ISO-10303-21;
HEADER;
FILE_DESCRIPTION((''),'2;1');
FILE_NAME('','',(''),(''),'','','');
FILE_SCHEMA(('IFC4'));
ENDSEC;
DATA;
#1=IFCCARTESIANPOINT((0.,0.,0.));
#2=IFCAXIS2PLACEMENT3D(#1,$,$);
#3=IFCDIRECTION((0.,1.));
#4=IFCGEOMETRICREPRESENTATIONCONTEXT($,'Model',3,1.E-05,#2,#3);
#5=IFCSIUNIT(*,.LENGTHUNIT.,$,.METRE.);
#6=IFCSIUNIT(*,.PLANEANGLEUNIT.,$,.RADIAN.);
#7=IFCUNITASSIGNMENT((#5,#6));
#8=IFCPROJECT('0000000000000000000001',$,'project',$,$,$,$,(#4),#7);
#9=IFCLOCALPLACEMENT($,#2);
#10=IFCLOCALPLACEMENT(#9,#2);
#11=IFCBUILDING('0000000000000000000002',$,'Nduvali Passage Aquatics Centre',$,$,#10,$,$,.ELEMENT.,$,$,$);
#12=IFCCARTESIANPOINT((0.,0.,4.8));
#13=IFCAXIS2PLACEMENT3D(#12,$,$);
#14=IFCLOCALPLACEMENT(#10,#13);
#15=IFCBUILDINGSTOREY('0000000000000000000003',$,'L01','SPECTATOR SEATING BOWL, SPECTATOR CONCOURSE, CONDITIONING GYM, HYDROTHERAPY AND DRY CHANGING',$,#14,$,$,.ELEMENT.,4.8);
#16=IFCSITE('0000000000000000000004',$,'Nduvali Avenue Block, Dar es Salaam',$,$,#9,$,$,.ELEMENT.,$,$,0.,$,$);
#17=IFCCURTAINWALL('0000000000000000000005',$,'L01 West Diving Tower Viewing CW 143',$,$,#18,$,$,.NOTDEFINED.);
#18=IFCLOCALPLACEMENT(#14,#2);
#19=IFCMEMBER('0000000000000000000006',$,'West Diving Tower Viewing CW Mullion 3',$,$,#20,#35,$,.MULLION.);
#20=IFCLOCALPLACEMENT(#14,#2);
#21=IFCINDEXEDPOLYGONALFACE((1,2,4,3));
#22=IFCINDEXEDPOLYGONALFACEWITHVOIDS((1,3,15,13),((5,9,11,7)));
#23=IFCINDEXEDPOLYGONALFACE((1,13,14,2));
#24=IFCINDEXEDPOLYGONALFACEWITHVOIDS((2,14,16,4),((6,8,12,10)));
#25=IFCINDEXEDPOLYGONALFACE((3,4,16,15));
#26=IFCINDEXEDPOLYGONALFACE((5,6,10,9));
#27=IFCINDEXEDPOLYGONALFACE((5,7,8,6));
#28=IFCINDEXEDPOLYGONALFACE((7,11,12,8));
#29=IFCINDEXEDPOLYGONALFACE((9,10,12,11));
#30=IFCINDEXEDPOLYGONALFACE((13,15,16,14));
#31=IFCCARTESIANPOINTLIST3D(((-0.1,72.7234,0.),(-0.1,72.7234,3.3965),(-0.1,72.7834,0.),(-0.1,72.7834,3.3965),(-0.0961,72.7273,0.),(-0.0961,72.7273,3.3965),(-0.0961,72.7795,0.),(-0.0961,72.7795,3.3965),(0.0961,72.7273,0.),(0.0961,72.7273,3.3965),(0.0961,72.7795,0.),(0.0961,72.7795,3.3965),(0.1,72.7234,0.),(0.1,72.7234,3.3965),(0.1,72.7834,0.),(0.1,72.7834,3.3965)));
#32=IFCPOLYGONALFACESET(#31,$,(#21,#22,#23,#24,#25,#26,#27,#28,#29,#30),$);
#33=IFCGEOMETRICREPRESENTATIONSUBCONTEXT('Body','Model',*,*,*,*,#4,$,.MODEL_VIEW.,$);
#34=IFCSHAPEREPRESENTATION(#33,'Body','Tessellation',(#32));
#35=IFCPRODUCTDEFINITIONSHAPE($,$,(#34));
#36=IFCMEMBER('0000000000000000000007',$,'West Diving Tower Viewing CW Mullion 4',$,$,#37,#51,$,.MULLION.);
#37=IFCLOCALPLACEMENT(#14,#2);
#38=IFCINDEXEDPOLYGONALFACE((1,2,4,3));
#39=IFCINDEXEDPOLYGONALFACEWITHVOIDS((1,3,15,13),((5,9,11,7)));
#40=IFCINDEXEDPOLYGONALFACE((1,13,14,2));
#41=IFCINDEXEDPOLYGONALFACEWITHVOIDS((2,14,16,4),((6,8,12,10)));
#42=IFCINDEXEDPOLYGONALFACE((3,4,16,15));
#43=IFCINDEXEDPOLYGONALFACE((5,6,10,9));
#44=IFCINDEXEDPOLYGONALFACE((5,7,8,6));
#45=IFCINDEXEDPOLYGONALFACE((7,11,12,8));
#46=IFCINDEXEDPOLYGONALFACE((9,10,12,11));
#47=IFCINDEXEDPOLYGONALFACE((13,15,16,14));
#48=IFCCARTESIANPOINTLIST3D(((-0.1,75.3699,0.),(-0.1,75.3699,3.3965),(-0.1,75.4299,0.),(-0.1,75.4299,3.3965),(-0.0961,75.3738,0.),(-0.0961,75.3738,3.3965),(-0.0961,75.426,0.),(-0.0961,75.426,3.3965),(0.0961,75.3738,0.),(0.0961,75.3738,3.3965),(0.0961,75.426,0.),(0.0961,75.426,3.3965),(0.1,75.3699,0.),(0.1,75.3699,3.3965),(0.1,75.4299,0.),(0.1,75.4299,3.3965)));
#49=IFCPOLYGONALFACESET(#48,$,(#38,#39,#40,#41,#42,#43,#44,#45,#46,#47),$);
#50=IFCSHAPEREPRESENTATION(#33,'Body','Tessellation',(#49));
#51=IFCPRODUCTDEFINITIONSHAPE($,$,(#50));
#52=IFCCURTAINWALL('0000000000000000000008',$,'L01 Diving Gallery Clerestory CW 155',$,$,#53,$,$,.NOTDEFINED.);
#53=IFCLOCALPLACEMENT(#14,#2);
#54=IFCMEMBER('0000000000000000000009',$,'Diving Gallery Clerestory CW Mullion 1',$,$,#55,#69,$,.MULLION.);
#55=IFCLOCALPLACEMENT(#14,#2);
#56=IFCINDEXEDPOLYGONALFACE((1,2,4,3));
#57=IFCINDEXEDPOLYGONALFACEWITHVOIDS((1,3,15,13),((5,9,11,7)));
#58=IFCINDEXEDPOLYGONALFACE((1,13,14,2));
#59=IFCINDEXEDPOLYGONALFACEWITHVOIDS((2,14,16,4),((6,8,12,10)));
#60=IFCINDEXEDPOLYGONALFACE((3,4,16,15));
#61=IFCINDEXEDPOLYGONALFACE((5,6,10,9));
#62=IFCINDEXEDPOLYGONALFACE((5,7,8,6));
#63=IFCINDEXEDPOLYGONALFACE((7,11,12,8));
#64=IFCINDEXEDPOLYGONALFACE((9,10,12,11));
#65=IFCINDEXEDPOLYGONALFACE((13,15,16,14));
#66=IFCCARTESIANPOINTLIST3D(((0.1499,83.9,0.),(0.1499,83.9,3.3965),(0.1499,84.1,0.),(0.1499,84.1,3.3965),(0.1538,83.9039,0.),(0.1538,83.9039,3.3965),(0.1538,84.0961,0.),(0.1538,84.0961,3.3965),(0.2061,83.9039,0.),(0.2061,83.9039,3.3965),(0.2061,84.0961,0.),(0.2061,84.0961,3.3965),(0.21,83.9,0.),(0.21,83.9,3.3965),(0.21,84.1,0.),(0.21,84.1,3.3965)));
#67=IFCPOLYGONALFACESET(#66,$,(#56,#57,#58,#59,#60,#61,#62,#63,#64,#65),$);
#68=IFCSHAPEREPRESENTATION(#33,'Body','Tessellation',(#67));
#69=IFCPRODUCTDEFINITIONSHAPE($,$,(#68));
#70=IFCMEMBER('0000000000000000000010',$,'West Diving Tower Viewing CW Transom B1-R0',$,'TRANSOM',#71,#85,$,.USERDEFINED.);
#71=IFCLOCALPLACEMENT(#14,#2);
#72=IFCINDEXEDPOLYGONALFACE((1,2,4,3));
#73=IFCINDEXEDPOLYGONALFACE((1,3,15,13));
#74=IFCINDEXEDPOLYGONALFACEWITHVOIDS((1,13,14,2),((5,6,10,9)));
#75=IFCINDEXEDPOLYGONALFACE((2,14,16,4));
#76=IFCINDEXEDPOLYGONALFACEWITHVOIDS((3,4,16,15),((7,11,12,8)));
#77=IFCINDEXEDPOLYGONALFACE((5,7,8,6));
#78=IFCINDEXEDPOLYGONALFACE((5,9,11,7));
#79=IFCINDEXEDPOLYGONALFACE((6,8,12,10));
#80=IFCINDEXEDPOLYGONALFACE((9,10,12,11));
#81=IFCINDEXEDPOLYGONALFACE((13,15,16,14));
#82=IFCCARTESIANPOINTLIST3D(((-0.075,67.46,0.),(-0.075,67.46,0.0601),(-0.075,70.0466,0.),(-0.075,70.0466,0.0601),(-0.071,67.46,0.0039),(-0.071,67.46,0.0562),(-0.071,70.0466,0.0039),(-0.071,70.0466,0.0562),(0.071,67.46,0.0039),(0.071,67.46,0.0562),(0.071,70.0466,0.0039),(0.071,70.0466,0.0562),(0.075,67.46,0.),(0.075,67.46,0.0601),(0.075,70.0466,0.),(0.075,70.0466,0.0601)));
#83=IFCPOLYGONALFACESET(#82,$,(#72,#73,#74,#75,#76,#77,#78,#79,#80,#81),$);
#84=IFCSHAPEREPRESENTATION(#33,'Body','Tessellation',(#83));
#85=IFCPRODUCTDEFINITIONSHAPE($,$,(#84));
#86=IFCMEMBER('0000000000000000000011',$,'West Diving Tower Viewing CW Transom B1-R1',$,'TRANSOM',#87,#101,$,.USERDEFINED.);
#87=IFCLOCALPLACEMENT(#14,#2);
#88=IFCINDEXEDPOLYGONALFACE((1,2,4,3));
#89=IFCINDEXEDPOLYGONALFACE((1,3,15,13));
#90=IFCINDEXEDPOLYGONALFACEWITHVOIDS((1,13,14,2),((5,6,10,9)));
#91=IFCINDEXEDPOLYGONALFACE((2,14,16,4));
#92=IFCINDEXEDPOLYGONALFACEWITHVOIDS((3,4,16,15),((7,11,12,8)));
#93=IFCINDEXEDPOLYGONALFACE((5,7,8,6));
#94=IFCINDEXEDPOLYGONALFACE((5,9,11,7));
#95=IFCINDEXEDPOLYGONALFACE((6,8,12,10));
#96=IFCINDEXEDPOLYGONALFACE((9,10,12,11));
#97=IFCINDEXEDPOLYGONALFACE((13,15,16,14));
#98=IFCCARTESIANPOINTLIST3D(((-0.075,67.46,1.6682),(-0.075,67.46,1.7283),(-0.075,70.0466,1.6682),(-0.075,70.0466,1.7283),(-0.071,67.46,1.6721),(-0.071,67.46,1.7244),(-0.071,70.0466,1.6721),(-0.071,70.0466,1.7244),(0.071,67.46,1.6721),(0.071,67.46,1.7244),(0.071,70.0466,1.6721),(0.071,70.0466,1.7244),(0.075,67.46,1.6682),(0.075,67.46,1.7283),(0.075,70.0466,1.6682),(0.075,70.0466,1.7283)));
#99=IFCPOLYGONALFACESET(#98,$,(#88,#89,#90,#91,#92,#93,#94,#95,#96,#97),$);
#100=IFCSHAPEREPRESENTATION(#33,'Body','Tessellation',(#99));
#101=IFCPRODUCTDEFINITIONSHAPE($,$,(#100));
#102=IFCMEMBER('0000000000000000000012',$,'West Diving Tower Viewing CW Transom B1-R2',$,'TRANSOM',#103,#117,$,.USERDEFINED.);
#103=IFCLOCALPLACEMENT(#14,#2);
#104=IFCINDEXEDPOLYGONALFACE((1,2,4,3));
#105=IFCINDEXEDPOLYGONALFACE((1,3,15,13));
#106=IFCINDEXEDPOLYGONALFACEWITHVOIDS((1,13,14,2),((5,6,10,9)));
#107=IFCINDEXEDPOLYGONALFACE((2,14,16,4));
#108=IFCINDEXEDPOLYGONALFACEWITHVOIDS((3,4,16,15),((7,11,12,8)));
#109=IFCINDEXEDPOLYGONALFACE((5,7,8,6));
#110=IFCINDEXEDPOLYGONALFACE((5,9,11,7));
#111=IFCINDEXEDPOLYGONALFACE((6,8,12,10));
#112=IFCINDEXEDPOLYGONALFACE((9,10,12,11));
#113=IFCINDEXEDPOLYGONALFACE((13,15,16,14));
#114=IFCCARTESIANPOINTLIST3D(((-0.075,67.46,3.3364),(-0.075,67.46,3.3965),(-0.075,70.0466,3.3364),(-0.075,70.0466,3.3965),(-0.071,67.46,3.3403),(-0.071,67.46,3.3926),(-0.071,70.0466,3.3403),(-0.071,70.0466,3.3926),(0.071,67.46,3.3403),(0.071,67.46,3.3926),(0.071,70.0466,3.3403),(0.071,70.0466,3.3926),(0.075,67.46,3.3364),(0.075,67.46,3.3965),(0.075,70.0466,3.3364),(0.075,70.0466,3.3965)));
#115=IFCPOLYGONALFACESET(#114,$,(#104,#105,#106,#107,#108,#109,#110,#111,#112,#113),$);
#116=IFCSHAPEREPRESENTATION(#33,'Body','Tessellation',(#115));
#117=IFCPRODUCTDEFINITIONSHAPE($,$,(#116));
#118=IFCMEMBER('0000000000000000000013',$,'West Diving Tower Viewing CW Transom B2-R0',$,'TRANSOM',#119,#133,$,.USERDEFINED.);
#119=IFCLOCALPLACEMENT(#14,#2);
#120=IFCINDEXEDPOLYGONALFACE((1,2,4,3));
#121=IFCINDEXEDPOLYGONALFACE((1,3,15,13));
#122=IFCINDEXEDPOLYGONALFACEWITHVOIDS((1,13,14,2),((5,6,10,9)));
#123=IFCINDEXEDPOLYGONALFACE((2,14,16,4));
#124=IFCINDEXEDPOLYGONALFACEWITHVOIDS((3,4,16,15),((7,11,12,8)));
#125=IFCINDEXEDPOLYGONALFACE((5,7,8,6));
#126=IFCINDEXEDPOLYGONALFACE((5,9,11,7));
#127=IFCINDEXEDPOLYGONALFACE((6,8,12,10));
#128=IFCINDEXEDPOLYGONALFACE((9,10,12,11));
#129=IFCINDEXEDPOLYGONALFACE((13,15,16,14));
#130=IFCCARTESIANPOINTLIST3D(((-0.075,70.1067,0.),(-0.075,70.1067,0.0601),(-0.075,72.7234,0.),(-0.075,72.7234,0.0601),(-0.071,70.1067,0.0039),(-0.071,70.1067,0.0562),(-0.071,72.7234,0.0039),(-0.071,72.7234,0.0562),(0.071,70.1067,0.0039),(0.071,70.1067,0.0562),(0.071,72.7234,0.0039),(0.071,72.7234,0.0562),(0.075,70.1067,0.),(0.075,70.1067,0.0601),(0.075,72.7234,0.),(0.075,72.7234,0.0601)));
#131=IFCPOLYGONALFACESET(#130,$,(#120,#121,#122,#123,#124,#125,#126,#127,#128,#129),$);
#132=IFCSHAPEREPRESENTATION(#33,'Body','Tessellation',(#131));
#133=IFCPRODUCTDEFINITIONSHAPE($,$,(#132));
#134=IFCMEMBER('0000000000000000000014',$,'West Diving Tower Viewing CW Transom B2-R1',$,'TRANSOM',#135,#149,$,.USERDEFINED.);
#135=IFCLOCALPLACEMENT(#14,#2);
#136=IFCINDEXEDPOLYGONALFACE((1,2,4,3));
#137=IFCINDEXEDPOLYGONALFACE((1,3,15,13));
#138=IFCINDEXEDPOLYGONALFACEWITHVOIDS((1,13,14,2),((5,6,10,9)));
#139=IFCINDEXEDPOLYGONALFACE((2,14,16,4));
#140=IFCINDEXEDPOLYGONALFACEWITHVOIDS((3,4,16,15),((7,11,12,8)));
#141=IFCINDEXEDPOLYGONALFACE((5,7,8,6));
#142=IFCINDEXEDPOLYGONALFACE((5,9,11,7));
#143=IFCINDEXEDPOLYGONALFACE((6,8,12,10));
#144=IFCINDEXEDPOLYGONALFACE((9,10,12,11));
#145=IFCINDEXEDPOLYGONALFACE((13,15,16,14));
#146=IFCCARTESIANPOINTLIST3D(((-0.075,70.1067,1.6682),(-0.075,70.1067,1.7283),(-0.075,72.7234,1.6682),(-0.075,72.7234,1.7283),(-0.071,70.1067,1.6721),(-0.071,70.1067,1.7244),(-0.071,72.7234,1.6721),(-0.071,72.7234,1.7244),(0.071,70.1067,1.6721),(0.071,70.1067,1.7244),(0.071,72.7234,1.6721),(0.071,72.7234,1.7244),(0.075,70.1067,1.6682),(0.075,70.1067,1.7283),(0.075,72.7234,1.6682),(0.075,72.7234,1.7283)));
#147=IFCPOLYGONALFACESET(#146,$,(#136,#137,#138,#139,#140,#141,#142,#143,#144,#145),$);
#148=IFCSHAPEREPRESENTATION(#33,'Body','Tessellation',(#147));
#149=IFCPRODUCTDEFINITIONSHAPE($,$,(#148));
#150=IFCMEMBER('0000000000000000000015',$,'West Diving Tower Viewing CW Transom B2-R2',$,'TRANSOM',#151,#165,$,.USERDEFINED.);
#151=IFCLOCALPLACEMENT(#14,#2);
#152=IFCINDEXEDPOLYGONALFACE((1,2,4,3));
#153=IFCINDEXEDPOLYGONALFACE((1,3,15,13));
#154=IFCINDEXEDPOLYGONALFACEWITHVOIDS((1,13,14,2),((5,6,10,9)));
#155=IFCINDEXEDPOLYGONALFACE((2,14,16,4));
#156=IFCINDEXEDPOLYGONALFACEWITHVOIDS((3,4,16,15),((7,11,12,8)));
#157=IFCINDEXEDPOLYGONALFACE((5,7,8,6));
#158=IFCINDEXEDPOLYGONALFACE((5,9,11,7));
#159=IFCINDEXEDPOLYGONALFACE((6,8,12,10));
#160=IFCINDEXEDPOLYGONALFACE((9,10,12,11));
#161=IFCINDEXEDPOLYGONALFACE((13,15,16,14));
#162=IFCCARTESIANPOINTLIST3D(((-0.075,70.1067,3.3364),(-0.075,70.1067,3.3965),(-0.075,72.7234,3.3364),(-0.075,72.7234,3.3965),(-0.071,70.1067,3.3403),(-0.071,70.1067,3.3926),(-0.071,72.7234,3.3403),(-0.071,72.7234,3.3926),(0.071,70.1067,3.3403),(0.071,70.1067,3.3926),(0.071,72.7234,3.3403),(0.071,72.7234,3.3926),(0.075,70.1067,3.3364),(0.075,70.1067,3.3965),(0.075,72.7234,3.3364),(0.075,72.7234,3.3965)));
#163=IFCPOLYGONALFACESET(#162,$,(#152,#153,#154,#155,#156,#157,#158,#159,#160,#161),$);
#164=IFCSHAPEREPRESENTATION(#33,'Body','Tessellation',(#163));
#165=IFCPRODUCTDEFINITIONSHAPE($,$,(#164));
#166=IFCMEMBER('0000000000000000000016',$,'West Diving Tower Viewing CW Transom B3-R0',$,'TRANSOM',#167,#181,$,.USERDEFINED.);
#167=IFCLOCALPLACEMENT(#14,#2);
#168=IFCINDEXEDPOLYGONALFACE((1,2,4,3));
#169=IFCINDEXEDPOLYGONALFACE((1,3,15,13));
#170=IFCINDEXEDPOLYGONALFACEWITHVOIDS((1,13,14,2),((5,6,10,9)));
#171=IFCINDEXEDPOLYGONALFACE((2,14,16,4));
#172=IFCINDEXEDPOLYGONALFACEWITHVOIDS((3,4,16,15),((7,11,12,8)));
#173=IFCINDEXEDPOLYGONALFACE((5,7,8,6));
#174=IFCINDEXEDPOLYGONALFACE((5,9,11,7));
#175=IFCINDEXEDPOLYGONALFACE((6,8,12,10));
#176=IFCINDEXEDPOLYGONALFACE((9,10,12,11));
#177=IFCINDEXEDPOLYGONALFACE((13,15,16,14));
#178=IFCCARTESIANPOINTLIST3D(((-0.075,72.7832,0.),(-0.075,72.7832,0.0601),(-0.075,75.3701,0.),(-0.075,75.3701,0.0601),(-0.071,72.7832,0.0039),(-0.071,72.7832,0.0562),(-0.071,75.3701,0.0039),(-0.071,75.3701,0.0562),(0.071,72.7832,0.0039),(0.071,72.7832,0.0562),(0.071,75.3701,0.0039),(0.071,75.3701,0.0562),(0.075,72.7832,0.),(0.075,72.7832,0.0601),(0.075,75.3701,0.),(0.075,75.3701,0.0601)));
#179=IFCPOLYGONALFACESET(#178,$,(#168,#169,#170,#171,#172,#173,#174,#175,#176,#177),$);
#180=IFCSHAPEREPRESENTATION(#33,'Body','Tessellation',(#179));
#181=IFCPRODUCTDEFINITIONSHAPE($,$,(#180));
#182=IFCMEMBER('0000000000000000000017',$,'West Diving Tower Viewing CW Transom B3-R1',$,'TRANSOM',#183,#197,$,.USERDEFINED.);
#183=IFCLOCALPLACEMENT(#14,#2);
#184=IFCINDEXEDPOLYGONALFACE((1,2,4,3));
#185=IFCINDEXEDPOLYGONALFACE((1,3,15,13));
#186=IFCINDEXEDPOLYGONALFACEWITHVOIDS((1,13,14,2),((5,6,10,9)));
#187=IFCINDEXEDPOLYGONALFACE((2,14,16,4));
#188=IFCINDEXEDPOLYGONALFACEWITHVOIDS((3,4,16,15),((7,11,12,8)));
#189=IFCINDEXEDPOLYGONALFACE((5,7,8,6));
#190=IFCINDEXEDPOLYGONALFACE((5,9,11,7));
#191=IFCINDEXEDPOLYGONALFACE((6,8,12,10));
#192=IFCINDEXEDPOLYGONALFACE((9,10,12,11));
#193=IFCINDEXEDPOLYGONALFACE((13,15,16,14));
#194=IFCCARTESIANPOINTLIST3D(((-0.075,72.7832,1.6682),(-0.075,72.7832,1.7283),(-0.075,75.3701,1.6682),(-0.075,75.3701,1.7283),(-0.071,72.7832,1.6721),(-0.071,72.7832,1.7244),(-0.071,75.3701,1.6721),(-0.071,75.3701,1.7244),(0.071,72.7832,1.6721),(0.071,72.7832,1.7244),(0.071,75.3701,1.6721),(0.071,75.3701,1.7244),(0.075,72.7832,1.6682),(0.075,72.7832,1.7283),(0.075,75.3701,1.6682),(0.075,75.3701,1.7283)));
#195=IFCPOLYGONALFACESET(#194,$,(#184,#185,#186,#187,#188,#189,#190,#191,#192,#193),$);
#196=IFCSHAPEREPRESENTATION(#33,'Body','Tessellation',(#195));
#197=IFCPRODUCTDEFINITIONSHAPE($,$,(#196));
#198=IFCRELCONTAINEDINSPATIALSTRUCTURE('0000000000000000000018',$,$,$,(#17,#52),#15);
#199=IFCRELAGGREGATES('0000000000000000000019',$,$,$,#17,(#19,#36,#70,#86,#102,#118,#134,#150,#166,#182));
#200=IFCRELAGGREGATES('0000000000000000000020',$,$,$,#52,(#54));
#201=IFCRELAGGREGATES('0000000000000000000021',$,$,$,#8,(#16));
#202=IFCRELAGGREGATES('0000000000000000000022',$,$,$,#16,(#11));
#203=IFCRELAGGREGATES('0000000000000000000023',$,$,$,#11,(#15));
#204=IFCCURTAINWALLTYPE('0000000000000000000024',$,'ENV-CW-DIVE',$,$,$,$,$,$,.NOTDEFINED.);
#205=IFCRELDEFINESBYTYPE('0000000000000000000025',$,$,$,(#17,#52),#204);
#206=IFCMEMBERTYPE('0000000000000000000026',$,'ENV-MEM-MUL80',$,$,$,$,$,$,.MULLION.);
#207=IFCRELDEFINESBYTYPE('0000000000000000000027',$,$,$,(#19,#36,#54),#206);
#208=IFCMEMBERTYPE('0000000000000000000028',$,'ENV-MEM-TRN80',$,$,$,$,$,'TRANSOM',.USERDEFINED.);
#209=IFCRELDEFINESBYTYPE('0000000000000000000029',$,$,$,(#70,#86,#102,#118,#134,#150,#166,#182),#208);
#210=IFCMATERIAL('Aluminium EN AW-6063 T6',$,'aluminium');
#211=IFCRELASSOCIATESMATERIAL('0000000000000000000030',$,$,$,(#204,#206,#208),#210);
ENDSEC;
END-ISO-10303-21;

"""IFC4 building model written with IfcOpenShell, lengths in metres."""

from ifc_helpers import new_model, si_unit, direction, frame, origin, origin_2d, place, context, subcontext, project, spatial, hollow_rectangle, extrude, material, material_profile, profile_set, type_object, element, aggregate, save


model = new_model("IFC4")

# Units and contexts
model_context = context("Model", 3, precision=1e-05, world=origin(), true_north=direction((0.0, 1.0)))
body_context = subcontext(model_context, "Body", "Model", "MODEL_VIEW")
ifc_project = project(units=[si_unit("LENGTHUNIT", "METRE"), si_unit("PLANEANGLEUNIT", "RADIAN")], contexts=[model_context])

# Site, building, storey
site_placement = place(None, origin())
site = spatial("IfcSite", under=ifc_project, at=site_placement, Name="Nduvali Avenue Block, Dar es Salaam", CompositionType="ELEMENT", RefElevation=0.0)
building_placement = place(site_placement, origin())
building = spatial("IfcBuilding", under=site, at=building_placement, Name="Nduvali Passage Aquatics Centre", CompositionType="ELEMENT")
storey_placement = place(building_placement, frame((0.0, 0.0, 4.8)))
storey = spatial("IfcBuildingStorey", under=building, at=storey_placement, Name="L01", Description="SPECTATOR SEATING BOWL, SPECTATOR CONCOURSE, CONDITIONING GYM, HYDROTHERAPY AND DRY CHANGING", CompositionType="ELEMENT", Elevation=4.8)

# Shared definitions
ifc_material_1 = material(Name="Aluminium EN AW-6063 T6", Category="aluminium")
curtain_wall_type = type_object("IfcCurtainWallType", Name="ENV-CW-DIVE", PredefinedType="NOTDEFINED", material=ifc_material_1)
ifc_material_profile_1 = material_profile(ifc_material_1, hollow_rectangle(XDim=0.0601, YDim=0.2, WallThickness=0.0039, at=origin_2d()), Name="ALU MULLION 60x200x4")
ifc_profile_set_1 = profile_set([ifc_material_profile_1], Name="Aluminium EN AW-6063 T6")
member_type_1 = type_object("IfcMemberType", Name="ENV-MEM-MUL80", PredefinedType="MULLION", material=ifc_profile_set_1)

# Curtain wall, members
curtain_wall_1_placement = place(storey_placement, origin())
curtain_wall_1 = element("IfcCurtainWall", 1, at=curtain_wall_1_placement, inside=storey, type_object=curtain_wall_type, Name="L01 West Diving Tower Viewing CW 143", PredefinedType="NOTDEFINED")
member_1_placement = place(storey_placement, frame((0.0, 72.7534, 0.0), z_axis=(0.0, 0.0, 1.0), x_axis=(0.0, 1.0, 0.0)))
member_1 = element("IfcMember", 2, at=member_1_placement, type_object=member_type_1, Name="West Diving Tower Viewing CW Mullion 3", PredefinedType="MULLION", context=body_context, shape_type="SweptSolid", body=[
    extrude(hollow_rectangle(XDim=0.0601, YDim=0.2, WallThickness=0.0039, at=origin_2d()), origin(), (0.0, 0.0, 1.0), 3.3965),
])
member_2_placement = place(storey_placement, frame((0.0, 75.3999, 0.0), z_axis=(0.0, 0.0, 1.0), x_axis=(0.0, 1.0, 0.0)))
member_2 = element("IfcMember", 3, at=member_2_placement, type_object=member_type_1, Name="West Diving Tower Viewing CW Mullion 4", PredefinedType="MULLION", context=body_context, shape_type="SweptSolid", body=[
    extrude(hollow_rectangle(XDim=0.0601, YDim=0.2, WallThickness=0.0039, at=origin_2d()), origin(), (0.0, 0.0, 1.0), 3.3965),
])

# Curtain wall, member
curtain_wall_2_placement = place(storey_placement, origin())
curtain_wall_2 = element("IfcCurtainWall", 4, at=curtain_wall_2_placement, inside=storey, type_object=curtain_wall_type, Name="L01 Diving Gallery Clerestory CW 155", PredefinedType="NOTDEFINED")
member_3_placement = place(storey_placement, frame((0.1799, 84.0, 0.0), z_axis=(0.0, 0.0, 1.0), x_axis=(1.0, 0.0, 0.0)))
member_3 = element("IfcMember", 5, at=member_3_placement, type_object=member_type_1, Name="Diving Gallery Clerestory CW Mullion 1", PredefinedType="MULLION", context=body_context, shape_type="SweptSolid", body=[
    extrude(hollow_rectangle(XDim=0.0601, YDim=0.2, WallThickness=0.0039, at=origin_2d()), origin(), (0.0, 0.0, 1.0), 3.3965),
])

# Members
ifc_material_profile_2 = material_profile(ifc_material_1, hollow_rectangle(XDim=0.1499, YDim=0.0601, WallThickness=0.0039, at=origin_2d()), Name="ALU TRANSOM 150x60x4")
ifc_profile_set_2 = profile_set([ifc_material_profile_2], Name="Aluminium EN AW-6063 T6")
member_type_2 = type_object("IfcMemberType", Name="ENV-MEM-TRN80", ElementType="TRANSOM", PredefinedType="USERDEFINED", material=ifc_profile_set_2)
member_4_placement = place(storey_placement, frame((0.0, 67.46, 0.03), z_axis=(0.0, 1.0, 0.0), x_axis=(-1.0, 0.0, 0.0)))
member_4 = element("IfcMember", 6, at=member_4_placement, type_object=member_type_2, Name="West Diving Tower Viewing CW Transom B1-R0", ObjectType="TRANSOM", PredefinedType="USERDEFINED", context=body_context, shape_type="SweptSolid", body=[
    extrude(hollow_rectangle(XDim=0.1499, YDim=0.0601, WallThickness=0.0039, at=origin_2d()), origin(), (0.0, 0.0, 1.0), 2.5867),
])
member_5_placement = place(storey_placement, frame((0.0, 67.46, 1.6982), z_axis=(0.0, 1.0, 0.0), x_axis=(-1.0, 0.0, 0.0)))
member_5 = element("IfcMember", 7, at=member_5_placement, type_object=member_type_2, Name="West Diving Tower Viewing CW Transom B1-R1", ObjectType="TRANSOM", PredefinedType="USERDEFINED", context=body_context, shape_type="SweptSolid", body=[
    extrude(hollow_rectangle(XDim=0.1499, YDim=0.0601, WallThickness=0.0039, at=origin_2d()), origin(), (0.0, 0.0, 1.0), 2.5867),
])
member_6_placement = place(storey_placement, frame((0.0, 67.46, 3.3665), z_axis=(0.0, 1.0, 0.0), x_axis=(-1.0, 0.0, 0.0)))
member_6 = element("IfcMember", 8, at=member_6_placement, type_object=member_type_2, Name="West Diving Tower Viewing CW Transom B1-R2", ObjectType="TRANSOM", PredefinedType="USERDEFINED", context=body_context, shape_type="SweptSolid", body=[
    extrude(hollow_rectangle(XDim=0.1499, YDim=0.0601, WallThickness=0.0039, at=origin_2d()), origin(), (0.0, 0.0, 1.0), 2.5867),
])
member_7_placement = place(storey_placement, frame((0.0, 70.1067, 0.03), z_axis=(0.0, 1.0, 0.0), x_axis=(-1.0, 0.0, 0.0)))
member_7 = element("IfcMember", 9, at=member_7_placement, type_object=member_type_2, Name="West Diving Tower Viewing CW Transom B2-R0", ObjectType="TRANSOM", PredefinedType="USERDEFINED", context=body_context, shape_type="SweptSolid", body=[
    extrude(hollow_rectangle(XDim=0.1499, YDim=0.0601, WallThickness=0.0039, at=origin_2d()), origin(), (0.0, 0.0, 1.0), 2.6167),
])
member_8_placement = place(storey_placement, frame((0.0, 70.1067, 1.6982), z_axis=(0.0, 1.0, 0.0), x_axis=(-1.0, 0.0, 0.0)))
member_8 = element("IfcMember", 10, at=member_8_placement, type_object=member_type_2, Name="West Diving Tower Viewing CW Transom B2-R1", ObjectType="TRANSOM", PredefinedType="USERDEFINED", context=body_context, shape_type="SweptSolid", body=[
    extrude(hollow_rectangle(XDim=0.1499, YDim=0.0601, WallThickness=0.0039, at=origin_2d()), origin(), (0.0, 0.0, 1.0), 2.6167),
])
member_9_placement = place(storey_placement, frame((0.0, 70.1067, 3.3665), z_axis=(0.0, 1.0, 0.0), x_axis=(-1.0, 0.0, 0.0)))
member_9 = element("IfcMember", 11, at=member_9_placement, type_object=member_type_2, Name="West Diving Tower Viewing CW Transom B2-R2", ObjectType="TRANSOM", PredefinedType="USERDEFINED", context=body_context, shape_type="SweptSolid", body=[
    extrude(hollow_rectangle(XDim=0.1499, YDim=0.0601, WallThickness=0.0039, at=origin_2d()), origin(), (0.0, 0.0, 1.0), 2.6167),
])
member_10_placement = place(storey_placement, frame((0.0, 72.7832, 0.03), z_axis=(0.0, 1.0, 0.0), x_axis=(-1.0, 0.0, 0.0)))
member_10 = element("IfcMember", 12, at=member_10_placement, type_object=member_type_2, Name="West Diving Tower Viewing CW Transom B3-R0", ObjectType="TRANSOM", PredefinedType="USERDEFINED", context=body_context, shape_type="SweptSolid", body=[
    extrude(hollow_rectangle(XDim=0.1499, YDim=0.0601, WallThickness=0.0039, at=origin_2d()), origin(), (0.0, 0.0, 1.0), 2.5869),
])
member_11_placement = place(storey_placement, frame((0.0, 72.7832, 1.6982), z_axis=(0.0, 1.0, 0.0), x_axis=(-1.0, 0.0, 0.0)))
member_11 = element("IfcMember", 13, at=member_11_placement, type_object=member_type_2, Name="West Diving Tower Viewing CW Transom B3-R1", ObjectType="TRANSOM", PredefinedType="USERDEFINED", context=body_context, shape_type="SweptSolid", body=[
    extrude(hollow_rectangle(XDim=0.1499, YDim=0.0601, WallThickness=0.0039, at=origin_2d()), origin(), (0.0, 0.0, 1.0), 2.5869),
])

aggregate(curtain_wall_1, [member_1, member_2, member_4, member_5, member_6, member_7, member_8, member_9, member_10, member_11])
aggregate(curtain_wall_2, [member_3])

save(model, "model.ifc")
